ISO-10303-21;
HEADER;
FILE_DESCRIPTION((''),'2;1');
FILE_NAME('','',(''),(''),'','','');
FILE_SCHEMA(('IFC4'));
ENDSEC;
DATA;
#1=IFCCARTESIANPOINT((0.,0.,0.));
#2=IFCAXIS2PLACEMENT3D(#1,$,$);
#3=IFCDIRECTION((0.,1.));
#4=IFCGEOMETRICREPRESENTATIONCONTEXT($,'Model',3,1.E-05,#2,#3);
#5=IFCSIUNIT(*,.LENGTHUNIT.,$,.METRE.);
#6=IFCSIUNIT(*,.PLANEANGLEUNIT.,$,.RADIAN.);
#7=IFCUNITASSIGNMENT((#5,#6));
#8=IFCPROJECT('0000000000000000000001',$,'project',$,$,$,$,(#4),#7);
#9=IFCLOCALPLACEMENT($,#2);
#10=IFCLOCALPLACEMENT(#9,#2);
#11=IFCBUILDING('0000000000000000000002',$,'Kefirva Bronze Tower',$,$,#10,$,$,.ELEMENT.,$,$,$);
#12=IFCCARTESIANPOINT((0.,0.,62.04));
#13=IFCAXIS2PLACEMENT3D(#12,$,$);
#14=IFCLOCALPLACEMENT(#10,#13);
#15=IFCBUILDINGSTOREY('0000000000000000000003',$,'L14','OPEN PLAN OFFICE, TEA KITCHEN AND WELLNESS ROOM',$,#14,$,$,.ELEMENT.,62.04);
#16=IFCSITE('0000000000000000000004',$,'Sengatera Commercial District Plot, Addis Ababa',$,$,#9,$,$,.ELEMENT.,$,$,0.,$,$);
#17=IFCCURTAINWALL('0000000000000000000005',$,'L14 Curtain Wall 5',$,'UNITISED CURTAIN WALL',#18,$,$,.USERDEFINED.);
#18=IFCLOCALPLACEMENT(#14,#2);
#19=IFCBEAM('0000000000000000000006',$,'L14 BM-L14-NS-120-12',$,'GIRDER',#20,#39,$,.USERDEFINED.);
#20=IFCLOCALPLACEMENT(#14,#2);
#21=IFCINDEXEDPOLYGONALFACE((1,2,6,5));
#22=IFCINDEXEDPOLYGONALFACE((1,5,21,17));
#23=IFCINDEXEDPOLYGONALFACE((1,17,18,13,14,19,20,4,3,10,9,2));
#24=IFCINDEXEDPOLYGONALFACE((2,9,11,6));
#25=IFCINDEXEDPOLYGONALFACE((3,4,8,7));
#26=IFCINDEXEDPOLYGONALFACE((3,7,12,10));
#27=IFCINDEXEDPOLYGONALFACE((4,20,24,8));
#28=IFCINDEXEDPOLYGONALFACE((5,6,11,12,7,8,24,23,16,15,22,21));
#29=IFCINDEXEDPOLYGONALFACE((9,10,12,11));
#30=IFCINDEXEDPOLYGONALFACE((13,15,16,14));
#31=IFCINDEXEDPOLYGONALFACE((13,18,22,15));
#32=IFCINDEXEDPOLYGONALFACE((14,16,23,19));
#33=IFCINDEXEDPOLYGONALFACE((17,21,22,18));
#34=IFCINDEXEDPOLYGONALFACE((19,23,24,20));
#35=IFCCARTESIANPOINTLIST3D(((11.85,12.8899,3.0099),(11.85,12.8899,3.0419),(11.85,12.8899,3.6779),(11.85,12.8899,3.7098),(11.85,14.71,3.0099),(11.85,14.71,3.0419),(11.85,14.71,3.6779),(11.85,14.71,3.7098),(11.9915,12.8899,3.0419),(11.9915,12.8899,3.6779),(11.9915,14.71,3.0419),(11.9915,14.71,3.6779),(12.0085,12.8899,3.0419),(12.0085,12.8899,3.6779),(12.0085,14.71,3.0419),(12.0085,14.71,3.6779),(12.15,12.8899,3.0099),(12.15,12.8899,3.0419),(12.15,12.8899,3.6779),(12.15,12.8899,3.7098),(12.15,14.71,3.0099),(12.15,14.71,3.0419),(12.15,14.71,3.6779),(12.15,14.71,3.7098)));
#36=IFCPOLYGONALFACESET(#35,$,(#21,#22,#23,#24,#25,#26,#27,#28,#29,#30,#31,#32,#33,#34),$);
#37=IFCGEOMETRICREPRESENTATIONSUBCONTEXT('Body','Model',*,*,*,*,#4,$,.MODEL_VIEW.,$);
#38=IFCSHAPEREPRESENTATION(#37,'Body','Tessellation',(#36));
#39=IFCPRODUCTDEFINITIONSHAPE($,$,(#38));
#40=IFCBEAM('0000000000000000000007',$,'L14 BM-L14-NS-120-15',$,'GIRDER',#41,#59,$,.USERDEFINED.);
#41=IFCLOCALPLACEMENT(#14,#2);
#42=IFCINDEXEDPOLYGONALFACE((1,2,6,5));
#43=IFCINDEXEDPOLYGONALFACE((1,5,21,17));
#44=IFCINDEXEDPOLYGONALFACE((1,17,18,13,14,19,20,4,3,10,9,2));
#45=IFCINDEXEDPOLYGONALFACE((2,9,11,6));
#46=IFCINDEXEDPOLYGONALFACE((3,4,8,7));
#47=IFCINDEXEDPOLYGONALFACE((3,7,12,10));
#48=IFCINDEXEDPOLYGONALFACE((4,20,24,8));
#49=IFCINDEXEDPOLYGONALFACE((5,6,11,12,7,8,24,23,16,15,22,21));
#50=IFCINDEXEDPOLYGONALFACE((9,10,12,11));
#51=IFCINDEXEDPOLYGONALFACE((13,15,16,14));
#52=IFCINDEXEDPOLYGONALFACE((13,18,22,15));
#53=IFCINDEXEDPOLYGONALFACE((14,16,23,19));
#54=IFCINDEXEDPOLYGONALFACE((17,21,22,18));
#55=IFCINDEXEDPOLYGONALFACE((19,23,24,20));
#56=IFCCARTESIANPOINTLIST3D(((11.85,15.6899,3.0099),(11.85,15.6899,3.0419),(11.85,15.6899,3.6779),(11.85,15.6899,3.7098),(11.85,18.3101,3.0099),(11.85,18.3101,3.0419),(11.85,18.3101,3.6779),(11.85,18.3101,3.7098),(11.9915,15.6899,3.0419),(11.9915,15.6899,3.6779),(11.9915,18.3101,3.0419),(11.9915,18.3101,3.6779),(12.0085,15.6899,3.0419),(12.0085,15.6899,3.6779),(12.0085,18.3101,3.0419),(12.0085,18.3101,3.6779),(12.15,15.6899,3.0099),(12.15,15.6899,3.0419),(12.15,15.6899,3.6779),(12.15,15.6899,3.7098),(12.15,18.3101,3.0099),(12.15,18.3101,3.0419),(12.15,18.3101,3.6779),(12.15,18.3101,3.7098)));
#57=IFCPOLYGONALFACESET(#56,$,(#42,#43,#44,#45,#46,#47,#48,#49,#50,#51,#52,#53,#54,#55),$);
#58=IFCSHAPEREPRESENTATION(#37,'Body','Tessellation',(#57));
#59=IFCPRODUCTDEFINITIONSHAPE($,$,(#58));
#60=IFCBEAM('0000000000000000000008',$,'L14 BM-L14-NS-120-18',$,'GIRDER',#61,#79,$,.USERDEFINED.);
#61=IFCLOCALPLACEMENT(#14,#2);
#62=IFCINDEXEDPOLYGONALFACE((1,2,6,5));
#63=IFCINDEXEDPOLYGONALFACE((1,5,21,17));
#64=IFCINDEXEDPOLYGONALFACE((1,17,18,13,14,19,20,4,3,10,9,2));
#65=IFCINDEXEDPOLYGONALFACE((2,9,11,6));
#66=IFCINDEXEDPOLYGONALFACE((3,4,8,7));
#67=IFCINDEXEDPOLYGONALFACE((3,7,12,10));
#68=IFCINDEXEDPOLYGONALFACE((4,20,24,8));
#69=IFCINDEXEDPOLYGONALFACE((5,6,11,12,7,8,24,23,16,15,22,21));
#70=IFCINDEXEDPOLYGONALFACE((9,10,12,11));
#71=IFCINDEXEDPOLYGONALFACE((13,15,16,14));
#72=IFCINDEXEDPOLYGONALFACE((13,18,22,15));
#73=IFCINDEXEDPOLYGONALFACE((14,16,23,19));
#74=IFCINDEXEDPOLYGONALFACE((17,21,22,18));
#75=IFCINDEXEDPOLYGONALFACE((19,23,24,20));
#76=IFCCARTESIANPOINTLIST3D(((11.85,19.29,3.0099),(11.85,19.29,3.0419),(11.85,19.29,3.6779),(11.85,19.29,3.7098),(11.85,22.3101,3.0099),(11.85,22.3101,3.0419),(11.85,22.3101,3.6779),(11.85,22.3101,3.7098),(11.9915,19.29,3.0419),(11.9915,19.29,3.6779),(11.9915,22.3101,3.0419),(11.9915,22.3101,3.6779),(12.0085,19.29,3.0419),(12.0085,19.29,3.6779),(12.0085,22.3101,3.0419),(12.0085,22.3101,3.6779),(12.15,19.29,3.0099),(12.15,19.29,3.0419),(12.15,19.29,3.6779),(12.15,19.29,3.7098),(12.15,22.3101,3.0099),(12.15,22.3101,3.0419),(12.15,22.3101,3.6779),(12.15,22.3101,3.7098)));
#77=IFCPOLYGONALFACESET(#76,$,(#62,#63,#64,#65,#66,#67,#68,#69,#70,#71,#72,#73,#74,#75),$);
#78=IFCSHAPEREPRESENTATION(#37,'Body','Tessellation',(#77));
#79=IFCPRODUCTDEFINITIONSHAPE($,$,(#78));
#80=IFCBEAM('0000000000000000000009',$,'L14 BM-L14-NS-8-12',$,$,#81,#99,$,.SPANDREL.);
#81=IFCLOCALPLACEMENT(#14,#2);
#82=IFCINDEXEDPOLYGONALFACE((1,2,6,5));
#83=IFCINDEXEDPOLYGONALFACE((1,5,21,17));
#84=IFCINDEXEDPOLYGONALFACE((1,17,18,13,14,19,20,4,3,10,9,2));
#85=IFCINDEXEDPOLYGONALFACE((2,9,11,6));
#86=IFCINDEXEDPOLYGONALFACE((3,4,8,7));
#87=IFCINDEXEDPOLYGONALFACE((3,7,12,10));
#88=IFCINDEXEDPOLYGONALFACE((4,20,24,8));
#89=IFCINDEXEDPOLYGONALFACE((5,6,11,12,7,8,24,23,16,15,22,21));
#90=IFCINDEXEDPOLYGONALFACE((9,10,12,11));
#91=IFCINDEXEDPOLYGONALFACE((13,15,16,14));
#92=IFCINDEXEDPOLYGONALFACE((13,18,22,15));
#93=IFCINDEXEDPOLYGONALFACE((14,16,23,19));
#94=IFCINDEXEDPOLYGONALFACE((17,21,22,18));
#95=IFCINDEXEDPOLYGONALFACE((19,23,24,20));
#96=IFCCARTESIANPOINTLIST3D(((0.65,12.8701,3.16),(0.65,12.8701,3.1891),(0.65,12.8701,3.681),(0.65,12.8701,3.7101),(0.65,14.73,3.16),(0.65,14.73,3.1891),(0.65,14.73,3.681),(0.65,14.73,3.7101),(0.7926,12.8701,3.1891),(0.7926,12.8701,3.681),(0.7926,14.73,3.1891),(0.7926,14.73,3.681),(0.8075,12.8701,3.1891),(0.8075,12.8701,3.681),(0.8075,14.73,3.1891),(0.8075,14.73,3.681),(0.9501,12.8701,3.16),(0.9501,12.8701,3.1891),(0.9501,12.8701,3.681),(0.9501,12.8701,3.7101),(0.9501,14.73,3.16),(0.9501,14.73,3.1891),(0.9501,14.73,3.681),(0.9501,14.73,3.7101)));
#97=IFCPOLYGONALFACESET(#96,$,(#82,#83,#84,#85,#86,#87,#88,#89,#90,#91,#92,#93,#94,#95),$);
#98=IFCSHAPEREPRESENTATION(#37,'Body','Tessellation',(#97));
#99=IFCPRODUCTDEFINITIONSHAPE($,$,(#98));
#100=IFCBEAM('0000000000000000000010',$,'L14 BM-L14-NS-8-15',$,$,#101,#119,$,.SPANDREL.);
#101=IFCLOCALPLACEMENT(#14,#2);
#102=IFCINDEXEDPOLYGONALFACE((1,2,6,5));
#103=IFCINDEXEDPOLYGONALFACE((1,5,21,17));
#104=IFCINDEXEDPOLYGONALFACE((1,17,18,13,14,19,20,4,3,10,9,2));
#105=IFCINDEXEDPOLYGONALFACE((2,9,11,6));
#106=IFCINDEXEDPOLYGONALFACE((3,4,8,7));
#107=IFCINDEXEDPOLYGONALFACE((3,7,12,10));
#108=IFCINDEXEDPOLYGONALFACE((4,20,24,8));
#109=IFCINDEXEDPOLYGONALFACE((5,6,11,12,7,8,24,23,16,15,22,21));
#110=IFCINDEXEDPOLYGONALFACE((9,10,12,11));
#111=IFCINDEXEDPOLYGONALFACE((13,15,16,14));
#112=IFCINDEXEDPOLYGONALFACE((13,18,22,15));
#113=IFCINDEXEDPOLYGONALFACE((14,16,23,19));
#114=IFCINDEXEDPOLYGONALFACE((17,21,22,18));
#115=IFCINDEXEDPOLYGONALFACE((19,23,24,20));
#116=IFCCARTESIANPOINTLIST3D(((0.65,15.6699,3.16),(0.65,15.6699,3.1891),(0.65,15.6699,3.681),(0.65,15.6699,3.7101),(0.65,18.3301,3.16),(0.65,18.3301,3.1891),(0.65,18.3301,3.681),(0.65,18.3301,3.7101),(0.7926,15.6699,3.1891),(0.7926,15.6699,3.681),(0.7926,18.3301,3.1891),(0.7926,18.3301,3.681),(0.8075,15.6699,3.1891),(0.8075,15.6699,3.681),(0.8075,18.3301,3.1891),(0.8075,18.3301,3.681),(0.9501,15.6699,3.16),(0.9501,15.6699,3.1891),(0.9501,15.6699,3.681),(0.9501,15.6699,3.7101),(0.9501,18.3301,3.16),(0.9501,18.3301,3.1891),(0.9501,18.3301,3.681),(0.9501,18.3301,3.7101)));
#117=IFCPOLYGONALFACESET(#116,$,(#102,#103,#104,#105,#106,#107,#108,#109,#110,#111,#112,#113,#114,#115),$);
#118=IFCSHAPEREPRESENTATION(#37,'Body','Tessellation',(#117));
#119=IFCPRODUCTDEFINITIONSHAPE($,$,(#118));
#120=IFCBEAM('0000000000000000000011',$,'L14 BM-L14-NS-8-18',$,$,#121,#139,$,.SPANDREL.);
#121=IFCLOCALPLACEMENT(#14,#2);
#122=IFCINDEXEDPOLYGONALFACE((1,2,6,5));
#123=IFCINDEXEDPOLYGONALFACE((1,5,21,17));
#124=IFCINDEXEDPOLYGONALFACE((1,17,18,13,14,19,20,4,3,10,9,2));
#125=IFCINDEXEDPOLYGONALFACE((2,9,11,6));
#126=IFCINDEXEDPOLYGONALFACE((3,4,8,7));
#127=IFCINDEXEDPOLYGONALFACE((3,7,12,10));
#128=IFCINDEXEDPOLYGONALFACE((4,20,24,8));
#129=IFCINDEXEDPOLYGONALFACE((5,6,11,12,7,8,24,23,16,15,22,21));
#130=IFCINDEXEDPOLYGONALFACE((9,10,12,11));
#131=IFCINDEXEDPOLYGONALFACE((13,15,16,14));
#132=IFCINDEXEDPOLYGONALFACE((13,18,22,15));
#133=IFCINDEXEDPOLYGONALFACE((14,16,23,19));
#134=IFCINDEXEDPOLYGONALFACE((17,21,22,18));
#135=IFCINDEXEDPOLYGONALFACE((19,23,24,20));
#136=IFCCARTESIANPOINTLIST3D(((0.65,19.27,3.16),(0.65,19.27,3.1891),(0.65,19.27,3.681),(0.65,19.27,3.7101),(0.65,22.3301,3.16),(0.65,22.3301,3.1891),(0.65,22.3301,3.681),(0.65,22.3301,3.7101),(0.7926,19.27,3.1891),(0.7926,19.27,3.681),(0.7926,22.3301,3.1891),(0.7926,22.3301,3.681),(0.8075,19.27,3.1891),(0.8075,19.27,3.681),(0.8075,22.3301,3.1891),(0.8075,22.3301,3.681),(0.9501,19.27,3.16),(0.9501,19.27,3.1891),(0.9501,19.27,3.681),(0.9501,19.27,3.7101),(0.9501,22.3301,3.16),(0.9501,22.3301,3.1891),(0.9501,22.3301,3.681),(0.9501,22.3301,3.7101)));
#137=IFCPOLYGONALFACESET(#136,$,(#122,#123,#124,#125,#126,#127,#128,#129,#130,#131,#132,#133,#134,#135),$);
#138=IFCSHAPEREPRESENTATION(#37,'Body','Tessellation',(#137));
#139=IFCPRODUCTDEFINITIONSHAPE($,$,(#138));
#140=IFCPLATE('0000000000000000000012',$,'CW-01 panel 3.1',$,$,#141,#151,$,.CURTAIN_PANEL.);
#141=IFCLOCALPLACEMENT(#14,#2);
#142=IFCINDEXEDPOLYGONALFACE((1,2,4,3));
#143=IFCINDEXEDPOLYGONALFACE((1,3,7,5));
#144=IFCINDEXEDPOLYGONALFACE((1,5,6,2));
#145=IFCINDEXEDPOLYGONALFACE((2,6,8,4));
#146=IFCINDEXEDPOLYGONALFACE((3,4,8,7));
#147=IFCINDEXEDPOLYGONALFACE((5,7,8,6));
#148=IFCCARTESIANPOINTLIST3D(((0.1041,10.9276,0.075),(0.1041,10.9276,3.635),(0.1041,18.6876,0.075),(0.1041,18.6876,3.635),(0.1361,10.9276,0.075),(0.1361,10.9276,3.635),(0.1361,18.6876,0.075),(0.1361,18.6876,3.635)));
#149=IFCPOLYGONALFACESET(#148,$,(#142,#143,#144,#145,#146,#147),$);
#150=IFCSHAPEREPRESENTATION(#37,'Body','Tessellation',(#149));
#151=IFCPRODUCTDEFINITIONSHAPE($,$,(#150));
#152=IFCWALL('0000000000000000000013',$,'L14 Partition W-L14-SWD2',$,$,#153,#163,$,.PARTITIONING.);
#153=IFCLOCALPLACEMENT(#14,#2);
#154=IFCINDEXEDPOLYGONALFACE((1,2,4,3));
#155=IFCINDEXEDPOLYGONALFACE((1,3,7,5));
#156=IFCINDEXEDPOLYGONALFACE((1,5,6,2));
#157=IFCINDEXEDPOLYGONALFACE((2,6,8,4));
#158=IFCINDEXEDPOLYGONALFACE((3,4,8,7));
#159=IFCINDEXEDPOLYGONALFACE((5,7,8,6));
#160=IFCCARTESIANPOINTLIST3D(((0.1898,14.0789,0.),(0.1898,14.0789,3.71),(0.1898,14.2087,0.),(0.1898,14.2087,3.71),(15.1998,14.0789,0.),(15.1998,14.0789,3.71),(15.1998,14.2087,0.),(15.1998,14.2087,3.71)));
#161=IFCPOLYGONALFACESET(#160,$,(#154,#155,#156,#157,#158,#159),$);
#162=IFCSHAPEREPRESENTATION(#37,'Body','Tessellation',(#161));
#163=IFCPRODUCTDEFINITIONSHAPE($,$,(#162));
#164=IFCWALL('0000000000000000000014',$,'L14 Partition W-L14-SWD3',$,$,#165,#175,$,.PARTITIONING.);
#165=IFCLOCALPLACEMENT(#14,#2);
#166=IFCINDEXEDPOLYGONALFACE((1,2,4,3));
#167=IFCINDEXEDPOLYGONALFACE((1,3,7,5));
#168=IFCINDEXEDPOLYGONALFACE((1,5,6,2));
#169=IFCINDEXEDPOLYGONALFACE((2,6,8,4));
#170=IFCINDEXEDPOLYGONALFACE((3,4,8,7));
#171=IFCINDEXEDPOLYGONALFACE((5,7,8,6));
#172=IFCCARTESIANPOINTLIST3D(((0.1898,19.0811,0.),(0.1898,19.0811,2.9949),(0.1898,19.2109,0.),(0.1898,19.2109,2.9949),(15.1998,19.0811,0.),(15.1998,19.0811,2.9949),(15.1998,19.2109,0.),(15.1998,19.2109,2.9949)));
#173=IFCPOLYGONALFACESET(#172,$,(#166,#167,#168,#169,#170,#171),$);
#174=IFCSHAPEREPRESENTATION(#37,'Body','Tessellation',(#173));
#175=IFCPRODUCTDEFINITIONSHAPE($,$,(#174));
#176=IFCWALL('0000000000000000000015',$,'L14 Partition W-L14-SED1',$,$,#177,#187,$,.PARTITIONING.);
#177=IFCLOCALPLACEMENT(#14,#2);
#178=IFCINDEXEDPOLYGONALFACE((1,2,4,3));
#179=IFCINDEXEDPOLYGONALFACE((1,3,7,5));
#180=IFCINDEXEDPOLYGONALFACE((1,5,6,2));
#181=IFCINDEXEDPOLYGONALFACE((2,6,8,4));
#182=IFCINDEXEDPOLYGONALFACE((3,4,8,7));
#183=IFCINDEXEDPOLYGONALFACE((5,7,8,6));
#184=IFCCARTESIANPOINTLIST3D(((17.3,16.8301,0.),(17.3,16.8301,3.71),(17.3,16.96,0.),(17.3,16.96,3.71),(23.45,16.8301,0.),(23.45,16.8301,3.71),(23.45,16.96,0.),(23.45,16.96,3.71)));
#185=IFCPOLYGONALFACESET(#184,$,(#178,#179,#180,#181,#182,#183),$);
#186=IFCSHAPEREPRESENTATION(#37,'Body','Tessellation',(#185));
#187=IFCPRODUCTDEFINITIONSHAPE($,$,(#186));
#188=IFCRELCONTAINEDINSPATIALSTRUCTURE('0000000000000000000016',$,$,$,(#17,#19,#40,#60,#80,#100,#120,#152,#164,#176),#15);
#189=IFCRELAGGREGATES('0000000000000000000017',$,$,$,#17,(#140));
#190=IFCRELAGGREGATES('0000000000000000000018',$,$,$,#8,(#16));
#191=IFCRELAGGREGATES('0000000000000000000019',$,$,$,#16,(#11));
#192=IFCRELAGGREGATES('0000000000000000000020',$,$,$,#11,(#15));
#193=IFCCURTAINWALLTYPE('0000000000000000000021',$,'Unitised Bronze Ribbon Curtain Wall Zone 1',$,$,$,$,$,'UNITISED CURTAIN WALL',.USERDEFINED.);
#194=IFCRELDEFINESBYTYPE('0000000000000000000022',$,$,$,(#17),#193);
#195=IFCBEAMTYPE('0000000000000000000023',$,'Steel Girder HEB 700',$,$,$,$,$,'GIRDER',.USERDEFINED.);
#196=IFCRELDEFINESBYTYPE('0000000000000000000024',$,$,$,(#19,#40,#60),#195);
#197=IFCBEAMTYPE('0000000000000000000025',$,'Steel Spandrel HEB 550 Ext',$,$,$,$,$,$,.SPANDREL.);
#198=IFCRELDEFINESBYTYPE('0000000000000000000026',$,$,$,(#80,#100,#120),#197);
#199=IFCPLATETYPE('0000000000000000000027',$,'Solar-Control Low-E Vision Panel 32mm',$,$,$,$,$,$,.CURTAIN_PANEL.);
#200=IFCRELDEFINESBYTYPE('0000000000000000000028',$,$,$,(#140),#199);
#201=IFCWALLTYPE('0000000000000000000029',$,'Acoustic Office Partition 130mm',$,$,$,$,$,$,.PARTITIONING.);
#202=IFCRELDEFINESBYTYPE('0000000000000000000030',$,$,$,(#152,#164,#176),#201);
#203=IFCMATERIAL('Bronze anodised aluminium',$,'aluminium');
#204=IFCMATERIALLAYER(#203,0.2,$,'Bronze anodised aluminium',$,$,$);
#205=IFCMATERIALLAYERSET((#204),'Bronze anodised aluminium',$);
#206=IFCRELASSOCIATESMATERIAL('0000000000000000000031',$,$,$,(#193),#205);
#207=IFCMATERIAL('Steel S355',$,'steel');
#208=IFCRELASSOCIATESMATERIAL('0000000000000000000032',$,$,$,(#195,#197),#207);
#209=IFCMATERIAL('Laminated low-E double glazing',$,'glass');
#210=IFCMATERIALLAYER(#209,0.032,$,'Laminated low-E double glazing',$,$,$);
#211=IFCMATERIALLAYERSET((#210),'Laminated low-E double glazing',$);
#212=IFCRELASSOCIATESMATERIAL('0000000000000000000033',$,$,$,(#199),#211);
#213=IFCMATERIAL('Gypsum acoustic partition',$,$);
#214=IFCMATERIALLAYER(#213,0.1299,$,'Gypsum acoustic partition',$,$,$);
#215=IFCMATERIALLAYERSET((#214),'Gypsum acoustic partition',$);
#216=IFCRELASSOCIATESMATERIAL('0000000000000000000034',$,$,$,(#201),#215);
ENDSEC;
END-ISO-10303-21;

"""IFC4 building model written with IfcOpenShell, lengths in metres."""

from ifc_helpers import new_model, si_unit, direction, frame, frame_2d, origin, origin_2d, place, context, subcontext, project, spatial, rectangle, i_section, extrude, material, layer, layer_set, material_profile, profile_set, type_object, element, aggregate, save


model = new_model("IFC4")

# Units and contexts
model_context = context("Model", 3, precision=1e-05, world=origin(), true_north=direction((0.0, 1.0)))
body_context = subcontext(model_context, "Body", "Model", "MODEL_VIEW")
ifc_project = project(units=[si_unit("LENGTHUNIT", "METRE"), si_unit("PLANEANGLEUNIT", "RADIAN")], contexts=[model_context])

# Site, building, storey
site_placement = place(None, origin())
site = spatial("IfcSite", under=ifc_project, at=site_placement, Name="Sengatera Commercial District Plot, Addis Ababa", CompositionType="ELEMENT", RefElevation=0.0)
building_placement = place(site_placement, origin())
building = spatial("IfcBuilding", under=site, at=building_placement, Name="Kefirva Bronze Tower", CompositionType="ELEMENT")
storey_placement = place(building_placement, frame((0.0, 0.0, 62.04)))
storey = spatial("IfcBuildingStorey", under=building, at=storey_placement, Name="L14", Description="OPEN PLAN OFFICE, TEA KITCHEN AND WELLNESS ROOM", CompositionType="ELEMENT", Elevation=62.04)

# Curtain wall
ifc_material_1 = material(Name="Bronze anodised aluminium", Category="aluminium")
ifc_layer_1 = layer(ifc_material_1, 0.2, Name="Bronze anodised aluminium")
ifc_layer_set_1 = layer_set([ifc_layer_1], Name="Bronze anodised aluminium")
curtain_wall_type = type_object("IfcCurtainWallType", Name="Unitised Bronze Ribbon Curtain Wall Zone 1", ElementType="UNITISED CURTAIN WALL", PredefinedType="USERDEFINED", material=ifc_layer_set_1)
curtain_wall_placement = place(storey_placement, origin())
curtain_wall = element("IfcCurtainWall", 1, at=curtain_wall_placement, inside=storey, type_object=curtain_wall_type, Name="L14 Curtain Wall 5", ObjectType="UNITISED CURTAIN WALL", PredefinedType="USERDEFINED")

# Beams
ifc_material_2 = material(Name="Steel S355", Category="steel")
ifc_material_profile_1 = material_profile(ifc_material_2, i_section(OverallWidth=0.3, OverallDepth=0.7, WebThickness=0.0171, FlangeThickness=0.032, at=origin_2d()), Name="HEB 700")
ifc_profile_set_1 = profile_set([ifc_material_profile_1], Name="Steel S355")
beam_type_1 = type_object("IfcBeamType", Name="Steel Girder HEB 700", ElementType="GIRDER", PredefinedType="USERDEFINED", material=ifc_profile_set_1)
beam_1_placement = place(storey_placement, frame((12.0, 12.8899, 3.3599), z_axis=(0.0, 1.0, 0.0), x_axis=(-1.0, 0.0, 0.0)))
element("IfcBeam", 2, at=beam_1_placement, inside=storey, type_object=beam_type_1, Name="L14 BM-L14-NS-120-12", ObjectType="GIRDER", PredefinedType="USERDEFINED", context=body_context, shape_type="SweptSolid", body=[
    extrude(i_section(OverallWidth=0.3, OverallDepth=0.7, WebThickness=0.0171, FlangeThickness=0.032, at=origin_2d()), origin(), (0.0, 0.0, 1.0), 1.8201),
])
beam_2_placement = place(storey_placement, frame((12.0, 15.6899, 3.3599), z_axis=(0.0, 1.0, 0.0), x_axis=(-1.0, 0.0, 0.0)))
element("IfcBeam", 3, at=beam_2_placement, inside=storey, type_object=beam_type_1, Name="L14 BM-L14-NS-120-15", ObjectType="GIRDER", PredefinedType="USERDEFINED", context=body_context, shape_type="SweptSolid", body=[
    extrude(i_section(OverallWidth=0.3, OverallDepth=0.7, WebThickness=0.0171, FlangeThickness=0.032, at=origin_2d()), origin(), (0.0, 0.0, 1.0), 2.6201),
])
beam_3_placement = place(storey_placement, frame((12.0, 19.29, 3.3599), z_axis=(0.0, 1.0, 0.0), x_axis=(-1.0, 0.0, 0.0)))
element("IfcBeam", 4, at=beam_3_placement, inside=storey, type_object=beam_type_1, Name="L14 BM-L14-NS-120-18", ObjectType="GIRDER", PredefinedType="USERDEFINED", context=body_context, shape_type="SweptSolid", body=[
    extrude(i_section(OverallWidth=0.3, OverallDepth=0.7, WebThickness=0.0171, FlangeThickness=0.032, at=origin_2d()), origin(), (0.0, 0.0, 1.0), 3.02),
])
ifc_material_profile_2 = material_profile(ifc_material_2, i_section(OverallWidth=0.3, OverallDepth=0.55, WebThickness=0.0149, FlangeThickness=0.0291, at=origin_2d()), Name="HEB 550")
ifc_profile_set_2 = profile_set([ifc_material_profile_2], Name="Steel S355")
beam_type_2 = type_object("IfcBeamType", Name="Steel Spandrel HEB 550 Ext", PredefinedType="SPANDREL", material=ifc_profile_set_2)
beam_4_placement = place(storey_placement, frame((0.8, 12.8701, 3.4351), z_axis=(0.0, 1.0, 0.0), x_axis=(-1.0, 0.0, 0.0)))
element("IfcBeam", 5, at=beam_4_placement, inside=storey, type_object=beam_type_2, Name="L14 BM-L14-NS-8-12", PredefinedType="SPANDREL", context=body_context, shape_type="SweptSolid", body=[
    extrude(i_section(OverallWidth=0.3, OverallDepth=0.55, WebThickness=0.0149, FlangeThickness=0.0291, at=origin_2d()), origin(), (0.0, 0.0, 1.0), 1.8599),
])
beam_5_placement = place(storey_placement, frame((0.8, 15.6699, 3.4351), z_axis=(0.0, 1.0, 0.0), x_axis=(-1.0, 0.0, 0.0)))
element("IfcBeam", 6, at=beam_5_placement, inside=storey, type_object=beam_type_2, Name="L14 BM-L14-NS-8-15", PredefinedType="SPANDREL", context=body_context, shape_type="SweptSolid", body=[
    extrude(i_section(OverallWidth=0.3, OverallDepth=0.55, WebThickness=0.0149, FlangeThickness=0.0291, at=origin_2d()), origin(), (0.0, 0.0, 1.0), 2.6602),
])
beam_6_placement = place(storey_placement, frame((0.8, 19.27, 3.4351), z_axis=(0.0, 1.0, 0.0), x_axis=(-1.0, 0.0, 0.0)))
element("IfcBeam", 7, at=beam_6_placement, inside=storey, type_object=beam_type_2, Name="L14 BM-L14-NS-8-18", PredefinedType="SPANDREL", context=body_context, shape_type="SweptSolid", body=[
    extrude(i_section(OverallWidth=0.3, OverallDepth=0.55, WebThickness=0.0149, FlangeThickness=0.0291, at=origin_2d()), origin(), (0.0, 0.0, 1.0), 3.0601),
])

# Plate
ifc_material_3 = material(Name="Laminated low-E double glazing", Category="glass")
ifc_layer_2 = layer(ifc_material_3, 0.032, Name="Laminated low-E double glazing")
ifc_layer_set_2 = layer_set([ifc_layer_2], Name="Laminated low-E double glazing")
plate_type = type_object("IfcPlateType", Name="Solar-Control Low-E Vision Panel 32mm", PredefinedType="CURTAIN_PANEL", material=ifc_layer_set_2)
plate_placement = place(storey_placement, frame((0.1201, 14.8076, 0.075), z_axis=(0.0, 0.0, 1.0), x_axis=(0.0, -1.0, 0.0)))
plate = element("IfcPlate", 8, at=plate_placement, type_object=plate_type, Name="CW-01 panel 3.1", PredefinedType="CURTAIN_PANEL", context=body_context, shape_type="SweptSolid", body=[
    extrude(rectangle(XDim=7.76, YDim=0.032, at=origin_2d()), origin(), (0.0, 0.0, 1.0), 3.5601),
])
aggregate(curtain_wall, [plate])

# Walls
ifc_material_4 = material(Name="Gypsum acoustic partition")
ifc_layer_3 = layer(ifc_material_4, 0.1299, Name="Gypsum acoustic partition")
ifc_layer_set_3 = layer_set([ifc_layer_3], Name="Gypsum acoustic partition")
wall_type = type_object("IfcWallType", Name="Acoustic Office Partition 130mm", PredefinedType="PARTITIONING", material=ifc_layer_set_3)
wall_1_placement = place(storey_placement, frame((0.1899, 14.1438, 0.0), z_axis=(0.0, 0.0, 1.0), x_axis=(1.0, 0.0, 0.0)))
element("IfcWall", 9, at=wall_1_placement, inside=storey, type_object=wall_type, Name="L14 Partition W-L14-SWD2", PredefinedType="PARTITIONING", context=body_context, shape_type="SweptSolid", body=[
    extrude(rectangle(XDim=15.01, YDim=0.1299, at=frame_2d((7.5049, 0.0))), origin(), (0.0, 0.0, 1.0), 3.71),
])
wall_2_placement = place(storey_placement, frame((0.1899, 19.146, 0.0), z_axis=(0.0, 0.0, 1.0), x_axis=(1.0, 0.0, 0.0)))
element("IfcWall", 10, at=wall_2_placement, inside=storey, type_object=wall_type, Name="L14 Partition W-L14-SWD3", PredefinedType="PARTITIONING", context=body_context, shape_type="SweptSolid", body=[
    extrude(rectangle(XDim=15.01, YDim=0.1299, at=frame_2d((7.5049, 0.0))), origin(), (0.0, 0.0, 1.0), 2.9949),
])
wall_3_placement = place(storey_placement, frame((17.3, 16.895, 0.0), z_axis=(0.0, 0.0, 1.0), x_axis=(1.0, 0.0, 0.0)))
element("IfcWall", 11, at=wall_3_placement, inside=storey, type_object=wall_type, Name="L14 Partition W-L14-SED1", PredefinedType="PARTITIONING", context=body_context, shape_type="SweptSolid", body=[
    extrude(rectangle(XDim=6.1499, YDim=0.1299, at=frame_2d((3.075, 0.0))), origin(), (0.0, 0.0, 1.0), 3.71),
])

save(model, "model.ifc")
